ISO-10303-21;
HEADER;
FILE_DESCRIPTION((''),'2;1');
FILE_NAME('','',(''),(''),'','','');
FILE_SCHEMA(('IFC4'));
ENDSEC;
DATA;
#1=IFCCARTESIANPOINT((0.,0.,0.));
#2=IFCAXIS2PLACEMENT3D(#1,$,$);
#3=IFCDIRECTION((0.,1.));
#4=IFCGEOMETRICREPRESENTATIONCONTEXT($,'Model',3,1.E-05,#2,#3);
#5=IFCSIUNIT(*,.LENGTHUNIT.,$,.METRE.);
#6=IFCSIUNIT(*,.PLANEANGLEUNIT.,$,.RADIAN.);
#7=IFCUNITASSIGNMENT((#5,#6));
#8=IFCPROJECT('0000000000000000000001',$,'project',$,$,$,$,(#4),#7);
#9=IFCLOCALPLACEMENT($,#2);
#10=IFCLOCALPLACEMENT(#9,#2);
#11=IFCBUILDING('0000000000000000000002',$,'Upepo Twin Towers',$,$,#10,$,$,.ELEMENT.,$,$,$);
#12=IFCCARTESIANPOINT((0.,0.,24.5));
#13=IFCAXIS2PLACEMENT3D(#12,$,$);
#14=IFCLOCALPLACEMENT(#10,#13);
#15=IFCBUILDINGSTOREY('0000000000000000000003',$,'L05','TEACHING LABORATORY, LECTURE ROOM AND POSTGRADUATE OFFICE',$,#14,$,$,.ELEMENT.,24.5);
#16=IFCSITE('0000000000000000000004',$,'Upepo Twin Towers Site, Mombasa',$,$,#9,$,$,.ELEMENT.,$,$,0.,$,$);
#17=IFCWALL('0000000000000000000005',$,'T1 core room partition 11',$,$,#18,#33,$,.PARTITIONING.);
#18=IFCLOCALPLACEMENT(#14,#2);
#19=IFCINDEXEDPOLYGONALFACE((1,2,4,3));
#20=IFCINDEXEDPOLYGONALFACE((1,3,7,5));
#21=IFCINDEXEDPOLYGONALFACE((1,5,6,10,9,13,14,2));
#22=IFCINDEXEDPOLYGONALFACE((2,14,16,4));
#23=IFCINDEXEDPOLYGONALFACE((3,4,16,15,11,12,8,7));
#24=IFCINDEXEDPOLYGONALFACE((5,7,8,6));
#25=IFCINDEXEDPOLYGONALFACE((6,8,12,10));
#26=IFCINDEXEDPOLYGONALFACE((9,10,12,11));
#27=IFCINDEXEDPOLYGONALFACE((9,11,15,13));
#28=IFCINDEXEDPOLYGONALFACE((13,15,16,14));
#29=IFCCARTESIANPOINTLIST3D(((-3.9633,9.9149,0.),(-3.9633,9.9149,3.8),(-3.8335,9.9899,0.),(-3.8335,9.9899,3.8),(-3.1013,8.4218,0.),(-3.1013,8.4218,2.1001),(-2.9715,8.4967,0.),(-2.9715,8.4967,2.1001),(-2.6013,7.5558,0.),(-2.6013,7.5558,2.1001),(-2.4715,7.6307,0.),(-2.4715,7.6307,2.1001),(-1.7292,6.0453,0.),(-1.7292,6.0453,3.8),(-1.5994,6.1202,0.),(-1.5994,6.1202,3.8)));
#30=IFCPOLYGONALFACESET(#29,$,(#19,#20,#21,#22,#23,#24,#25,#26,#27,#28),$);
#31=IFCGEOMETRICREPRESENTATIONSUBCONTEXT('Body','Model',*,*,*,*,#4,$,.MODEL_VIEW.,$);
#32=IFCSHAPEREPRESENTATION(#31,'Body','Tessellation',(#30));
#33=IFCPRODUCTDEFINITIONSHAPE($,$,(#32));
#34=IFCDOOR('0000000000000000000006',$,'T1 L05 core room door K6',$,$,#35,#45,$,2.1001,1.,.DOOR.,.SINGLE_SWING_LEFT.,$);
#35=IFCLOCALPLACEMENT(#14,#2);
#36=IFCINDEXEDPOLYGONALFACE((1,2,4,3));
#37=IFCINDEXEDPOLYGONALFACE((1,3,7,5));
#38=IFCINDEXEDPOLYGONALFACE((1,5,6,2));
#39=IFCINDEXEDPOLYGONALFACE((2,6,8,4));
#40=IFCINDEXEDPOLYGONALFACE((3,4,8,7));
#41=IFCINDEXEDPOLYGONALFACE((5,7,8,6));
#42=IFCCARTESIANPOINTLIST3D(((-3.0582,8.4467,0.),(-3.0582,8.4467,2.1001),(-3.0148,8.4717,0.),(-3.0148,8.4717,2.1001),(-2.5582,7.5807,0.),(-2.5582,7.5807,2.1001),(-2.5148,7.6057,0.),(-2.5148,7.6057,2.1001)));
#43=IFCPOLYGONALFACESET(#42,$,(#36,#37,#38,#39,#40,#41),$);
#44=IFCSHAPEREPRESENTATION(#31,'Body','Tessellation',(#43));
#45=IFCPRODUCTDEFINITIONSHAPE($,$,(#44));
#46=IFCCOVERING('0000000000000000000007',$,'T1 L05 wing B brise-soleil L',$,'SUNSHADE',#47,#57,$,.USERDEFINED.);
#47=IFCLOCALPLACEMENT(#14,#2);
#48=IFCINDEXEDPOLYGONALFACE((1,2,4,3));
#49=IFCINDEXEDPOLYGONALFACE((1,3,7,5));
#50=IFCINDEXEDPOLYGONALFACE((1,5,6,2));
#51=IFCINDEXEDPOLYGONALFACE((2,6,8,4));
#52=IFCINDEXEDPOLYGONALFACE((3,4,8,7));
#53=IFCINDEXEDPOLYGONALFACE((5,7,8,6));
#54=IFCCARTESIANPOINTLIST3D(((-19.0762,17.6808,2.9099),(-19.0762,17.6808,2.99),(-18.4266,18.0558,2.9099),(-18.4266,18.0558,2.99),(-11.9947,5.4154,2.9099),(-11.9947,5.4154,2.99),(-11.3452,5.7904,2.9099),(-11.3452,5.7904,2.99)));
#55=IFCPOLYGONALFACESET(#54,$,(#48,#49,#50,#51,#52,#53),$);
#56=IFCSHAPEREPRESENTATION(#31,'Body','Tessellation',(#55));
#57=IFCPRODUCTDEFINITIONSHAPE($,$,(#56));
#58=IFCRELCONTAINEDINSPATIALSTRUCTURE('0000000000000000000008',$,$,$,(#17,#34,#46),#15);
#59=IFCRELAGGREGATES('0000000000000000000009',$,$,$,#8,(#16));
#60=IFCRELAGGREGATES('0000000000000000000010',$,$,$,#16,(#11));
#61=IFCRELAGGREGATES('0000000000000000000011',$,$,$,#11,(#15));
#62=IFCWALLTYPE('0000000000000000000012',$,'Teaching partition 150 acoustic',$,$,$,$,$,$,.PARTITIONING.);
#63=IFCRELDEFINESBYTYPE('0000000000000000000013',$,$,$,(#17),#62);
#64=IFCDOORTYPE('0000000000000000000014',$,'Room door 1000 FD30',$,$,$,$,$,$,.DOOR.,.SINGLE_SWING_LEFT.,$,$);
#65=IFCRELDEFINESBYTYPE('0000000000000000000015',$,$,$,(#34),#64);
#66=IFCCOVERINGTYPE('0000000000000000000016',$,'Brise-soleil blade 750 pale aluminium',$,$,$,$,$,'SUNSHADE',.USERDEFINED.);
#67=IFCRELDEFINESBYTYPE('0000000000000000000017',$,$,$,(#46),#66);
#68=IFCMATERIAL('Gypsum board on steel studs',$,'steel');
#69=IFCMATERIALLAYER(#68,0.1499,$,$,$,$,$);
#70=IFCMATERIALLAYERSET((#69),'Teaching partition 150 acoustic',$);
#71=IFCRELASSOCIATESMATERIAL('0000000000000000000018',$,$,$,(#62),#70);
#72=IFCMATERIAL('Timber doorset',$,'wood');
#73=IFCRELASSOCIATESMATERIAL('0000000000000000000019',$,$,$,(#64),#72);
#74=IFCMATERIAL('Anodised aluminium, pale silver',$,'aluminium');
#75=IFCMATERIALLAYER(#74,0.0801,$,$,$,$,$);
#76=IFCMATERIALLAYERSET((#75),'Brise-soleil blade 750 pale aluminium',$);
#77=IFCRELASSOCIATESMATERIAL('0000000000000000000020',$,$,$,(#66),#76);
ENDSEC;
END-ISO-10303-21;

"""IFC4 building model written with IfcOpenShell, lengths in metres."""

from ifc_helpers import new_model, si_unit, direction, frame, frame_2d, origin, origin_2d, place, context, subcontext, project, spatial, rectangle, extrude, material, layer, layer_set, type_object, element, fill, save


model = new_model("IFC4")

# Units and contexts
model_context = context("Model", 3, precision=1e-05, world=origin(), true_north=direction((0.0, 1.0)))
body_context = subcontext(model_context, "Body", "Model", "MODEL_VIEW")
ifc_project = project(units=[si_unit("LENGTHUNIT", "METRE"), si_unit("PLANEANGLEUNIT", "RADIAN")], contexts=[model_context])

# Site, building, storey
site_placement = place(None, origin())
site = spatial("IfcSite", under=ifc_project, at=site_placement, Name="Upepo Twin Towers Site, Mombasa", CompositionType="ELEMENT", RefElevation=0.0)
building_placement = place(site_placement, origin())
building = spatial("IfcBuilding", under=site, at=building_placement, Name="Upepo Twin Towers", CompositionType="ELEMENT")
storey_placement = place(building_placement, frame((0.0, 0.0, 24.5)))
storey = spatial("IfcBuildingStorey", under=building, at=storey_placement, Name="L05", Description="TEACHING LABORATORY, LECTURE ROOM AND POSTGRADUATE OFFICE", CompositionType="ELEMENT", Elevation=24.5)

# Wall, opening, door
ifc_material_1 = material(Name="Gypsum board on steel studs", Category="steel")
ifc_layer_1 = layer(ifc_material_1, 0.1499)
ifc_layer_set_1 = layer_set([ifc_layer_1], Name="Teaching partition 150 acoustic")
wall_type_1 = type_object("IfcWallType", Name="Teaching partition 150 acoustic", PredefinedType="PARTITIONING", material=ifc_layer_set_1)
wall_1_placement = place(storey_placement, frame((-3.8984, 9.9524, 0.0), z_axis=(0.0, 0.0, 1.0), x_axis=(0.5, -0.866025, 0.0)))
wall_1 = element("IfcWall", 1, at=wall_1_placement, inside=storey, type_object=wall_type_1, Name="T1 core room partition 11", PredefinedType="PARTITIONING", context=body_context, shape_type="SweptSolid", body=[
    extrude(rectangle(XDim=4.4683, YDim=0.1499, at=frame_2d((2.2341, 0.0))), origin(), (0.0, 0.0, 1.0), 3.8),
])
opening_1_placement = place(wall_1_placement, frame((1.7241, 0.0, 0.0)))
opening_1 = element("IfcOpeningElement", 2, at=opening_1_placement, cuts=wall_1, PredefinedType="OPENING", context=body_context, shape_type="SweptSolid", body=[
    extrude(rectangle(XDim=1.0, YDim=2.1001, at=frame_2d((0.5, 1.05))), frame((0.0, 0.085, 0.0), z_axis=(0.0, -1.0, 0.0), x_axis=(1.0, 0.0, 0.0)), (0.0, 0.0, 1.0), 0.1699),
])
ifc_material_2 = material(Name="Timber doorset", Category="wood")
door_type_1 = type_object("IfcDoorType", Name="Room door 1000 FD30", OperationType="SINGLE_SWING_LEFT", PredefinedType="DOOR", material=ifc_material_2)
door_1_placement = place(opening_1_placement, origin())
door_1 = element("IfcDoor", 3, at=door_1_placement, inside=storey, type_object=door_type_1, Name="T1 L05 core room door K6", OperationType="SINGLE_SWING_LEFT", OverallHeight=2.1001, OverallWidth=1.0, PredefinedType="DOOR", context=body_context, shape_type="SweptSolid", body=[
    extrude(rectangle(XDim=1.0, YDim=2.1001, at=frame_2d((0.5, 1.05))), frame((0.0, 0.0249, 0.0), z_axis=(0.0, -1.0, 0.0), x_axis=(1.0, 0.0, 0.0)), (0.0, 0.0, 1.0), 0.05),
])
fill(opening_1, door_1)

# Covering
ifc_material_3 = material(Name="Anodised aluminium, pale silver", Category="aluminium")
ifc_layer_2 = layer(ifc_material_3, 0.0801)
ifc_layer_set_2 = layer_set([ifc_layer_2], Name="Brise-soleil blade 750 pale aluminium")
covering_type = type_object("IfcCoveringType", Name="Brise-soleil blade 750 pale aluminium", ElementType="SUNSHADE", PredefinedType="USERDEFINED", material=ifc_layer_set_2)
covering_placement = place(storey_placement, frame((-15.2107, 11.7356, 2.9099), z_axis=(0.0, 0.0, 1.0), x_axis=(-0.5, 0.866025, 0.0)))
element("IfcCovering", 4, at=covering_placement, inside=storey, type_object=covering_type, Name="T1 L05 wing B brise-soleil L", ObjectType="SUNSHADE", PredefinedType="USERDEFINED", context=body_context, shape_type="SweptSolid", body=[
    extrude(rectangle(XDim=14.1628, YDim=0.75, at=origin_2d()), origin(), (0.0, 0.0, 1.0), 0.0801),
])

save(model, "model.ifc")
